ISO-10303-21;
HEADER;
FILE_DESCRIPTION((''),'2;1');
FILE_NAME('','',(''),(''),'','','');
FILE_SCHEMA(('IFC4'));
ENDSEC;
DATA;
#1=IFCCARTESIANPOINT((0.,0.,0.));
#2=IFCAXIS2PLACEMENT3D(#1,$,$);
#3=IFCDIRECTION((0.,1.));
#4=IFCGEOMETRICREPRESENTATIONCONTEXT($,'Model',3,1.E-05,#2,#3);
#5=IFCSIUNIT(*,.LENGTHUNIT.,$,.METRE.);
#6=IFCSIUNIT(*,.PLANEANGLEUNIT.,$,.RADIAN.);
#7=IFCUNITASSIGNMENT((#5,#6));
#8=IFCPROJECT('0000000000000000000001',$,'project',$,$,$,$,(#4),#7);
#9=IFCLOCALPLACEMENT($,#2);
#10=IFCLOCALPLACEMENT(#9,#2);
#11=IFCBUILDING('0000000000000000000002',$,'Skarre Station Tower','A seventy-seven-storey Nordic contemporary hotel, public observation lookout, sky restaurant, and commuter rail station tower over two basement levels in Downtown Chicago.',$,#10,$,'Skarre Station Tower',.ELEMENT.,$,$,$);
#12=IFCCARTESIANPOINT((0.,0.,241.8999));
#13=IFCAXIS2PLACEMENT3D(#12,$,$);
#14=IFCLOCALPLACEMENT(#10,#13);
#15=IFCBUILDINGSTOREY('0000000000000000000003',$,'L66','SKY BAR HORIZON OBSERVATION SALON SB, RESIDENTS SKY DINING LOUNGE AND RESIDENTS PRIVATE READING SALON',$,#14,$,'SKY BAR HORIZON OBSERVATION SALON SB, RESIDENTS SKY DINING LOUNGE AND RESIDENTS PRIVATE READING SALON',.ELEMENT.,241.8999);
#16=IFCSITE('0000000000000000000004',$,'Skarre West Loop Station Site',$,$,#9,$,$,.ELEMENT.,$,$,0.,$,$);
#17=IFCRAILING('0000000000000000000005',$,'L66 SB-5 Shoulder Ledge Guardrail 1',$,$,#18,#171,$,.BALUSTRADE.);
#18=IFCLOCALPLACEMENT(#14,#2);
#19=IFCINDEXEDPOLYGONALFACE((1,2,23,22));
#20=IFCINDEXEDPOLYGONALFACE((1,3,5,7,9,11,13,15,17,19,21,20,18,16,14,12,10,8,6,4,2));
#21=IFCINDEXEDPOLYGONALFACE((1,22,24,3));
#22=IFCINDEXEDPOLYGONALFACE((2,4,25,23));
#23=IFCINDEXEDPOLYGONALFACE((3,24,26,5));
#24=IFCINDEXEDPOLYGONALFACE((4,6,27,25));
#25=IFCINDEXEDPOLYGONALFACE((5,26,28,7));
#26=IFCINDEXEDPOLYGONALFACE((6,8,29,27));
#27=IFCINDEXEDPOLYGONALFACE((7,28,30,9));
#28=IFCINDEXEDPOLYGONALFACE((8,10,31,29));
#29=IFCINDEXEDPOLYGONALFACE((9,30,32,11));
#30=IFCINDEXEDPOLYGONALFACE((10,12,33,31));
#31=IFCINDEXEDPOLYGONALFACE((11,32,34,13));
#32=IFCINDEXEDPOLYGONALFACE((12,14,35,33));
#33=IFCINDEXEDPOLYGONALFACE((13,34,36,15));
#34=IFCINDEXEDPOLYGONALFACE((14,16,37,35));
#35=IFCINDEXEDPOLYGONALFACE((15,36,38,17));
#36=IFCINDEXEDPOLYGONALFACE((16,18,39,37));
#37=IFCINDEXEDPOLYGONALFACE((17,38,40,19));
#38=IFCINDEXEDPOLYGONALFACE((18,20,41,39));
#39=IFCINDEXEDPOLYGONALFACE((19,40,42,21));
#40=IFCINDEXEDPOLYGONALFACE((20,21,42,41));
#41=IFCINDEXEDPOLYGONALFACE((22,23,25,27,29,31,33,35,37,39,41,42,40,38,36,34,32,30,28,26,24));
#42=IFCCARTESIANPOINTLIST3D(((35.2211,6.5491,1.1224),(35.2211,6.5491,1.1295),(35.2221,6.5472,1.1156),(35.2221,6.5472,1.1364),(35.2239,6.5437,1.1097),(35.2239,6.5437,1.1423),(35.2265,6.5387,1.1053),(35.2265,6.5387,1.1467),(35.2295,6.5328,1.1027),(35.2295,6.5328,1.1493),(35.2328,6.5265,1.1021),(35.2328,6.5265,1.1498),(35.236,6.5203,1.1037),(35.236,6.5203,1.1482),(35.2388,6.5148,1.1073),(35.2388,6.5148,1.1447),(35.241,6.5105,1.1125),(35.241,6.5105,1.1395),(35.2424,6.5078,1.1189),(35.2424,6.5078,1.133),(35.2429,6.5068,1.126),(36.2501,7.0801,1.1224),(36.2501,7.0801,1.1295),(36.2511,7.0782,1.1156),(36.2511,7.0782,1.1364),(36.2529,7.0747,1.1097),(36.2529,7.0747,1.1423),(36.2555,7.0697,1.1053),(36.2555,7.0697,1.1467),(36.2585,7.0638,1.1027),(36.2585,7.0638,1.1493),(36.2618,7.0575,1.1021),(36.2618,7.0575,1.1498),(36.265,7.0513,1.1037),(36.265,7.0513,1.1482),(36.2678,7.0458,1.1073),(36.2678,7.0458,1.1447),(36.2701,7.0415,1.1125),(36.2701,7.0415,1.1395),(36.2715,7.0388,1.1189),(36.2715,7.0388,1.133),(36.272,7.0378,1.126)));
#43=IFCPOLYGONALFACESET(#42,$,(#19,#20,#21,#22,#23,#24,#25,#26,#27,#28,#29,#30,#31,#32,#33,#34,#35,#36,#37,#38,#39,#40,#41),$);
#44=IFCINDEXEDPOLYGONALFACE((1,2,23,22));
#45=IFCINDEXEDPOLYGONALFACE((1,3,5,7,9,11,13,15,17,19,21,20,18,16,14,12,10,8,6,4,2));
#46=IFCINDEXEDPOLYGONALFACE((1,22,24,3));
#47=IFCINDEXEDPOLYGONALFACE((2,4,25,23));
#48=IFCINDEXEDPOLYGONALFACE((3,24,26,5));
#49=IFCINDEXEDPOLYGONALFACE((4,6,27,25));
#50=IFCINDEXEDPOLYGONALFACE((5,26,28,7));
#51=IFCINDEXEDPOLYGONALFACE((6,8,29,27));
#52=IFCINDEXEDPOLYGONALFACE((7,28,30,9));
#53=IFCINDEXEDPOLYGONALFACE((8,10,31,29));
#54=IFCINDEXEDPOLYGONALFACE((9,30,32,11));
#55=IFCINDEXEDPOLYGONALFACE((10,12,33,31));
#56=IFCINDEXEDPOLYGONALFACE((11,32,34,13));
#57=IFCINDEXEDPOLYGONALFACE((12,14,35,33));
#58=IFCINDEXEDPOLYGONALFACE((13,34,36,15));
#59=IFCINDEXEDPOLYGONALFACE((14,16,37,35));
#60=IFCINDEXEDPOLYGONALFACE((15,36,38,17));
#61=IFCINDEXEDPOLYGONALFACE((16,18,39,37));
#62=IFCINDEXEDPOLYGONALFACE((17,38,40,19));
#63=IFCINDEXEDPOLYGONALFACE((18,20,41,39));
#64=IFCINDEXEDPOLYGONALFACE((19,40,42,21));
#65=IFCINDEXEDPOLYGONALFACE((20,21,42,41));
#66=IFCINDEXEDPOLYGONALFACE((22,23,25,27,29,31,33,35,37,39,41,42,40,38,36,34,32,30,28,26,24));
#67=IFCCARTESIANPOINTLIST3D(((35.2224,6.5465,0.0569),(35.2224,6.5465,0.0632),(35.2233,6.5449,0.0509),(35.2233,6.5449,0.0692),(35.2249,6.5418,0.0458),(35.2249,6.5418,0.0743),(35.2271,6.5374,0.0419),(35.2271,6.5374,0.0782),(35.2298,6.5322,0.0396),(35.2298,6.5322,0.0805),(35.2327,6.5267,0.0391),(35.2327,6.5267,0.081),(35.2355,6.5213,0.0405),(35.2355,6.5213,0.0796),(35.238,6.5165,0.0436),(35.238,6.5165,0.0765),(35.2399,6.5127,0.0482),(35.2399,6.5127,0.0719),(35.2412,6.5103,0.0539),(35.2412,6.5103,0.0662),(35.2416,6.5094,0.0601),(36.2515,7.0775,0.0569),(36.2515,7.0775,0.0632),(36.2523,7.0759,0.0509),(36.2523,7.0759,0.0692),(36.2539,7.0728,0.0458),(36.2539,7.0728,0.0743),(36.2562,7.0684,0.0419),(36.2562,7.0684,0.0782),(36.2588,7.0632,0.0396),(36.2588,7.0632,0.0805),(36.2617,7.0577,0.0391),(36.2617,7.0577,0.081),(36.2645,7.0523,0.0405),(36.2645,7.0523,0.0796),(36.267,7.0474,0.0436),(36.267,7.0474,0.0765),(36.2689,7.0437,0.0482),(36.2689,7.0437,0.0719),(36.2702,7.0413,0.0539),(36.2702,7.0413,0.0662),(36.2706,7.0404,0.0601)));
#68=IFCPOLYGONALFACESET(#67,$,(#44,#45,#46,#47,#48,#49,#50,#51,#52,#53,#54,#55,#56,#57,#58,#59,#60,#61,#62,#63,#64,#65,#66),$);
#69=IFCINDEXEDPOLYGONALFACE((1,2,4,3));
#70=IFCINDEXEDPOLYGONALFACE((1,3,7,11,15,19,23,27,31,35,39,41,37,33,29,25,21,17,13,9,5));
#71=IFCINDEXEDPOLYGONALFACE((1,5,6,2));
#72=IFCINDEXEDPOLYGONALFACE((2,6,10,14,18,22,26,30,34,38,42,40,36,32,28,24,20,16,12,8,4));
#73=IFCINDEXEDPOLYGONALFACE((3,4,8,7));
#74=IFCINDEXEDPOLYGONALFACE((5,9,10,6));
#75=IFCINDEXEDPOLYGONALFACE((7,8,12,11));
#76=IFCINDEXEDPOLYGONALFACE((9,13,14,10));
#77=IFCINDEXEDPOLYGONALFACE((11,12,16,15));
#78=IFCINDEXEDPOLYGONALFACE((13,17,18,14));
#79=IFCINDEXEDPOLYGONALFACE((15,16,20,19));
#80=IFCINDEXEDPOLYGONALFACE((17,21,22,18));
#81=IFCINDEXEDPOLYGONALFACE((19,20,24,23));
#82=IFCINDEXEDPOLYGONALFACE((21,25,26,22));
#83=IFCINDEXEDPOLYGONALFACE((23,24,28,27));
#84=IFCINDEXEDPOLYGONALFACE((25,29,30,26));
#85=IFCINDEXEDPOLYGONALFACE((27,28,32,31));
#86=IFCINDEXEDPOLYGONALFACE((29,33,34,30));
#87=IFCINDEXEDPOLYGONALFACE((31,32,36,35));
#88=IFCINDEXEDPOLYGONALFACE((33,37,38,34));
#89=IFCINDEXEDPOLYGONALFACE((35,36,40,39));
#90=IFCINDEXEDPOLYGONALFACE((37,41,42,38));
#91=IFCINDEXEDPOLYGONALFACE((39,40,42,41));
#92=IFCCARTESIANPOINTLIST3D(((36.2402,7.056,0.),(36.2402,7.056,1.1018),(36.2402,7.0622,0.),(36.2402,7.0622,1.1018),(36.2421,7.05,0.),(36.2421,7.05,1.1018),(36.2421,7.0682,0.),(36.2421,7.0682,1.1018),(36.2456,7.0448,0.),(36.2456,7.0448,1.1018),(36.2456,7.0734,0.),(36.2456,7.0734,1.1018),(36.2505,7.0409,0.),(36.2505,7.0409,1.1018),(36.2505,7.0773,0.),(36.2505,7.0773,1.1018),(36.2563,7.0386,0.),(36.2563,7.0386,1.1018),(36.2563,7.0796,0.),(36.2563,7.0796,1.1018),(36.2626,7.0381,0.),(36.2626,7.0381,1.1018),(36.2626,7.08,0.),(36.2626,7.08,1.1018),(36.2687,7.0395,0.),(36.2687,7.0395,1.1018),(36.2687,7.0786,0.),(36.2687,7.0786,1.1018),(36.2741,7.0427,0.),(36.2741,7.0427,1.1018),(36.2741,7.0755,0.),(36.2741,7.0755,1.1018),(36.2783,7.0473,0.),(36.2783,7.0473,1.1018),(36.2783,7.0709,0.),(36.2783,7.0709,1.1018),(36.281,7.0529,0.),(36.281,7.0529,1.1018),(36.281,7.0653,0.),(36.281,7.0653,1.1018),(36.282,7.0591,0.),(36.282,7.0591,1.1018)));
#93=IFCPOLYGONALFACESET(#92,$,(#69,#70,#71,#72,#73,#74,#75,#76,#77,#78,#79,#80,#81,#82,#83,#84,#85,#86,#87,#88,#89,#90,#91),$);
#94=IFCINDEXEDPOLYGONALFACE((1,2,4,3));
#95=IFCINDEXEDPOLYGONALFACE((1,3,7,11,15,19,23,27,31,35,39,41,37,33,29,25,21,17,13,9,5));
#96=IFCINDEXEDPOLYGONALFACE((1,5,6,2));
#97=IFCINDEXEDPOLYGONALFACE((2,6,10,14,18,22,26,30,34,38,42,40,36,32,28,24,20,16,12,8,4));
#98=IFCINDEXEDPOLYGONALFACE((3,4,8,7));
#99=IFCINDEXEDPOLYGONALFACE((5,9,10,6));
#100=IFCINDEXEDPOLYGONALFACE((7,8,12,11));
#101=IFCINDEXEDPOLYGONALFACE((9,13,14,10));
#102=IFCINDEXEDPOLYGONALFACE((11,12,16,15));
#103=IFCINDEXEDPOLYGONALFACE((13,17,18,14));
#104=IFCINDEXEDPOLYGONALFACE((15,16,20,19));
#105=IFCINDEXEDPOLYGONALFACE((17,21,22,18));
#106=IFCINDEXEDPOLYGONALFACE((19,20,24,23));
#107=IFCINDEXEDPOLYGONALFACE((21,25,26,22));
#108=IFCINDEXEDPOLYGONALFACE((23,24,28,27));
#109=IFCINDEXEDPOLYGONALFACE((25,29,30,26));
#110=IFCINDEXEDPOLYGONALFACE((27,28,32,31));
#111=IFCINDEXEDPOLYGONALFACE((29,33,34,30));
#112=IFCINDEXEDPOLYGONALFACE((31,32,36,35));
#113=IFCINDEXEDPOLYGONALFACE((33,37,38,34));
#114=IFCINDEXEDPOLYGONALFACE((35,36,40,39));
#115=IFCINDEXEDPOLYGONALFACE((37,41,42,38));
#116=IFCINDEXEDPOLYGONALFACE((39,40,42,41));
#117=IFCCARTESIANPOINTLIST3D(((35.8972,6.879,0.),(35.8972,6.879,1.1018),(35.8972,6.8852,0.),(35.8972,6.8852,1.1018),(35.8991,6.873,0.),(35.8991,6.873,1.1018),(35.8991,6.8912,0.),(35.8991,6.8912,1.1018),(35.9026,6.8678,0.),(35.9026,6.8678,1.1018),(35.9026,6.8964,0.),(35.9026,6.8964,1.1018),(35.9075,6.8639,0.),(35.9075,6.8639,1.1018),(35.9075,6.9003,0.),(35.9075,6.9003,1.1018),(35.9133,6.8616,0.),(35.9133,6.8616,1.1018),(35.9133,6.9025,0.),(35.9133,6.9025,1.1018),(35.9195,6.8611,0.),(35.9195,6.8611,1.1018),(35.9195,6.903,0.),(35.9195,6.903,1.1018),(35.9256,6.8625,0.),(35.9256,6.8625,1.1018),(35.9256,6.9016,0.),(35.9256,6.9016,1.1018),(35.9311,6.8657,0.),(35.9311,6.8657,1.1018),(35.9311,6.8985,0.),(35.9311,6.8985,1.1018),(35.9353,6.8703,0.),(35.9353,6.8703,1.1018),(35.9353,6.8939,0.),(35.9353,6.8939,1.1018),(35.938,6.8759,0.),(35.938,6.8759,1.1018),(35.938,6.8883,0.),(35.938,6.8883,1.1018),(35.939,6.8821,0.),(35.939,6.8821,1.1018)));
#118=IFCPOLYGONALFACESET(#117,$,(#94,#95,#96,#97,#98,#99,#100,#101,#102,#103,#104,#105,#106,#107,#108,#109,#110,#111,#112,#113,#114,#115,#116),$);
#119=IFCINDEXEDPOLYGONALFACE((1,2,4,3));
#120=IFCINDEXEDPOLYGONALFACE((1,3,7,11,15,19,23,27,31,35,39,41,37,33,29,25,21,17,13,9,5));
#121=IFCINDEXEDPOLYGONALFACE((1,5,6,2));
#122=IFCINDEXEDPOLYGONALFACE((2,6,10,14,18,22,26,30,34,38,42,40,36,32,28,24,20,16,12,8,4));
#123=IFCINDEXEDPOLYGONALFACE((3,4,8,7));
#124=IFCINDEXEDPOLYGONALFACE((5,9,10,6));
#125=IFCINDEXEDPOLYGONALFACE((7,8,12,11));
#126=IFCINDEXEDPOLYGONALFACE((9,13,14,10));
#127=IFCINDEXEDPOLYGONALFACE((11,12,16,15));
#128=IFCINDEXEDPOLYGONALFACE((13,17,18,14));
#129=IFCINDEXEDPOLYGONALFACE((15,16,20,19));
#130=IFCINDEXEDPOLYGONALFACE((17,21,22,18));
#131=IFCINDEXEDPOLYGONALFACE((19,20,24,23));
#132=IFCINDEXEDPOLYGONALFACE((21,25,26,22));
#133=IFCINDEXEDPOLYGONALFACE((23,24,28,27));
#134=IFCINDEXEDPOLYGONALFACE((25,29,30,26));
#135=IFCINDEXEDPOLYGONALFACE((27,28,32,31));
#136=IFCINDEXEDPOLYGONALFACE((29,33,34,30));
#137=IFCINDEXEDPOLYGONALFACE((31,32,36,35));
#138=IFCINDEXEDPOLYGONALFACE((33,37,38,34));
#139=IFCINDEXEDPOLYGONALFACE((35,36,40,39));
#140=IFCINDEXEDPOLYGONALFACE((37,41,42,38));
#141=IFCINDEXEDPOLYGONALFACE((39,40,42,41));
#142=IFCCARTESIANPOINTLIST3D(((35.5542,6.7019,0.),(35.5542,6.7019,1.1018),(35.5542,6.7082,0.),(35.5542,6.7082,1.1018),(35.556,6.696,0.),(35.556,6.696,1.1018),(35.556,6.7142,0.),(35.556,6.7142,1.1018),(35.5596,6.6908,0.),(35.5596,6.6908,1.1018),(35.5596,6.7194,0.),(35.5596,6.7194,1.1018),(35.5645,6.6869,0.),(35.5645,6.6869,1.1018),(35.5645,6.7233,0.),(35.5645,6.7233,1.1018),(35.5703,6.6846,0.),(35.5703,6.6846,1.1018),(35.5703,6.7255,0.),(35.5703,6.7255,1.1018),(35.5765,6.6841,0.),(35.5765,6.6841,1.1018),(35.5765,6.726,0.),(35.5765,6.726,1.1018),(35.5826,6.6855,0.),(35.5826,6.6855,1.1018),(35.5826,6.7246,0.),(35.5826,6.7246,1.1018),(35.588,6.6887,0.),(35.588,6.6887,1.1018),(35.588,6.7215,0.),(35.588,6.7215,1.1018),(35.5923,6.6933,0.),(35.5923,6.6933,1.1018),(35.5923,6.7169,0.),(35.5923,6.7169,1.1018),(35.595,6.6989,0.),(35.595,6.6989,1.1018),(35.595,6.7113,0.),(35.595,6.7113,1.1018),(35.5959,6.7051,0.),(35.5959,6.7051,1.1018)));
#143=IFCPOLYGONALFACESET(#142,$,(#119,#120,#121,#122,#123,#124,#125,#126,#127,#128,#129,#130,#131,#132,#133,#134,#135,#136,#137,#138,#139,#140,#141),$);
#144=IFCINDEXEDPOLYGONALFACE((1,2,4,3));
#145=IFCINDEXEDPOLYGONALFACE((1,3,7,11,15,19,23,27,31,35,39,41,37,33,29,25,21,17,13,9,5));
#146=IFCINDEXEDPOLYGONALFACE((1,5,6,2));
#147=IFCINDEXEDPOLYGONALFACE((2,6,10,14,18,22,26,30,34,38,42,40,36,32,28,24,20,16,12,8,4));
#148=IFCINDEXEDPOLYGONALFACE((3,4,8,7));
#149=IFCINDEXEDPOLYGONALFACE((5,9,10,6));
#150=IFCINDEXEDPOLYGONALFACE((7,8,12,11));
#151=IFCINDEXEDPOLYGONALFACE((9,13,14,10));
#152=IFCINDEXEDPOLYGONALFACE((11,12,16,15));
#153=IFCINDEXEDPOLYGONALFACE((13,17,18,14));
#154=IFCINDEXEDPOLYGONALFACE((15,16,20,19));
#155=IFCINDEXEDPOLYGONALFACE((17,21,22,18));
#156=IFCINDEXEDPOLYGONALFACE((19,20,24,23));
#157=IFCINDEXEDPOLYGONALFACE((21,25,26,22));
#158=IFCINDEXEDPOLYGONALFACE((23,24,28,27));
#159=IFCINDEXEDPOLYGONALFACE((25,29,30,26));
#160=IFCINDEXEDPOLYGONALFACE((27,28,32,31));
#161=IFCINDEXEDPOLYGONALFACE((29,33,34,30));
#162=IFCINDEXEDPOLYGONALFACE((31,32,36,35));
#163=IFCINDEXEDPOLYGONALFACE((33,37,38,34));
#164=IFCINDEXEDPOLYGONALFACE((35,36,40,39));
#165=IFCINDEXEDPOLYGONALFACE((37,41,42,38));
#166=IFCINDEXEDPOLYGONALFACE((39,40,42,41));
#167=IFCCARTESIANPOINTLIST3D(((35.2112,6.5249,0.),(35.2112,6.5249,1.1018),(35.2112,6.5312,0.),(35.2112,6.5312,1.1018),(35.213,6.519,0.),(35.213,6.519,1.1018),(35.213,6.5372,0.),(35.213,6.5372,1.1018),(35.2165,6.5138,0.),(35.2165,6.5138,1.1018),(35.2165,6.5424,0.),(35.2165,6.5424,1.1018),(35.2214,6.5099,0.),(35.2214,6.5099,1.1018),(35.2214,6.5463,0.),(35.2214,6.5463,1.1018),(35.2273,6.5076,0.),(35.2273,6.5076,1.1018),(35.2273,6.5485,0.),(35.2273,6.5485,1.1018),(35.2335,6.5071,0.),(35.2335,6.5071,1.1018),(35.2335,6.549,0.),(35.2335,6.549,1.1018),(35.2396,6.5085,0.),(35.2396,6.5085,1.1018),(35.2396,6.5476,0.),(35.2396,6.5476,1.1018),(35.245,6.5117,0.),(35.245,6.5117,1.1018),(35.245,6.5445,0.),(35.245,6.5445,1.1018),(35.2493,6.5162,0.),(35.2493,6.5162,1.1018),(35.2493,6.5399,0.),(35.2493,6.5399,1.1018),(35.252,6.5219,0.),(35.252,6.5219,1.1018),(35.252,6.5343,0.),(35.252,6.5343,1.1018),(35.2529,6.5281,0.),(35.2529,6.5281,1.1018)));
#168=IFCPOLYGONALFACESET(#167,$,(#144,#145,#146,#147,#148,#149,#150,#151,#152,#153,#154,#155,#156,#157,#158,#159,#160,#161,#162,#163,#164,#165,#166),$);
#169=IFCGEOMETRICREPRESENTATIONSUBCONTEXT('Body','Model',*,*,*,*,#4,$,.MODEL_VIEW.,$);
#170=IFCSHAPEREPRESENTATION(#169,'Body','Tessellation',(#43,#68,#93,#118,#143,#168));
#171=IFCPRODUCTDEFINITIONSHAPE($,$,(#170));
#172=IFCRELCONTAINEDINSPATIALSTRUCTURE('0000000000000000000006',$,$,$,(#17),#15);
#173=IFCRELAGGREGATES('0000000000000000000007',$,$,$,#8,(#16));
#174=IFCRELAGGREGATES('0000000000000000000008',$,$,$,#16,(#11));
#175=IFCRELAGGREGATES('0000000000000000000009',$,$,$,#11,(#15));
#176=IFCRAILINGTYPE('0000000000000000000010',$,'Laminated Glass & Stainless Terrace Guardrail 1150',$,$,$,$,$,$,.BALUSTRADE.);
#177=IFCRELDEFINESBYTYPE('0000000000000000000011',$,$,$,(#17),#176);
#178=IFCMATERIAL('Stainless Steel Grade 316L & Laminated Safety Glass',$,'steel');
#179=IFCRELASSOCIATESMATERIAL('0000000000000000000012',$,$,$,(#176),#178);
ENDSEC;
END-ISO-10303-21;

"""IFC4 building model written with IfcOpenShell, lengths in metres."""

from ifc_helpers import new_model, si_unit, direction, frame, origin, origin_2d, place, context, subcontext, project, spatial, circle, extrude, material, type_object, element, save


model = new_model("IFC4")

# Units and contexts
model_context = context("Model", 3, precision=1e-05, world=origin(), true_north=direction((0.0, 1.0)))
body_context = subcontext(model_context, "Body", "Model", "MODEL_VIEW")
ifc_project = project(units=[si_unit("LENGTHUNIT", "METRE"), si_unit("PLANEANGLEUNIT", "RADIAN")], contexts=[model_context])

# Site, building, storey
site_placement = place(None, origin())
site = spatial("IfcSite", under=ifc_project, at=site_placement, Name="Skarre West Loop Station Site", CompositionType="ELEMENT", RefElevation=0.0)
building_placement = place(site_placement, origin())
building = spatial("IfcBuilding", under=site, at=building_placement, Name="Skarre Station Tower", Description="A seventy-seven-storey Nordic contemporary hotel, public observation lookout, sky restaurant, and commuter rail station tower over two basement levels in Downtown Chicago.", LongName="Skarre Station Tower", CompositionType="ELEMENT")
storey_placement = place(building_placement, frame((0.0, 0.0, 241.8999)))
storey = spatial("IfcBuildingStorey", under=building, at=storey_placement, Name="L66", Description="SKY BAR HORIZON OBSERVATION SALON SB, RESIDENTS SKY DINING LOUNGE AND RESIDENTS PRIVATE READING SALON", LongName="SKY BAR HORIZON OBSERVATION SALON SB, RESIDENTS SKY DINING LOUNGE AND RESIDENTS PRIVATE READING SALON", CompositionType="ELEMENT", Elevation=241.8999)

# Railing
ifc_material_1 = material(Name="Stainless Steel Grade 316L & Laminated Safety Glass", Category="steel")
railing_type = type_object("IfcRailingType", Name="Laminated Glass & Stainless Terrace Guardrail 1150", PredefinedType="BALUSTRADE", material=ifc_material_1)
railing_placement = place(storey_placement, frame((36.261, 7.0591, 0.0)))
element("IfcRailing", 1, at=railing_placement, inside=storey, type_object=railing_type, Name="L66 SB-5 Shoulder Ledge Guardrail 1", PredefinedType="BALUSTRADE", context=body_context, shape_type="SweptSolid", body=[
    extrude(circle(Radius=0.0239, at=origin_2d()), frame((0.0, 0.0, 1.126), z_axis=(-0.888662, -0.458562, 0.0), x_axis=(0.458562, -0.888662, 0.0)), (0.0, 0.0, 1.0), 1.158),
    extrude(circle(Radius=0.021, at=origin_2d()), frame((0.0, 0.0, 0.0601), z_axis=(-0.888662, -0.458562, 0.0), x_axis=(0.458562, -0.888662, 0.0)), (0.0, 0.0, 1.0), 1.158),
    extrude(circle(Radius=0.021, at=origin_2d()), origin(), (0.0, 0.0, 1.0), 1.1018),
    extrude(circle(Radius=0.021, at=origin_2d()), frame((-0.343, -0.177, 0.0)), (0.0, 0.0, 1.0), 1.1018),
    extrude(circle(Radius=0.021, at=origin_2d()), frame((-0.686, -0.354, 0.0)), (0.0, 0.0, 1.0), 1.1018),
    extrude(circle(Radius=0.021, at=origin_2d()), frame((-1.0291, -0.531, 0.0)), (0.0, 0.0, 1.0), 1.1018),
])

save(model, "model.ifc")
